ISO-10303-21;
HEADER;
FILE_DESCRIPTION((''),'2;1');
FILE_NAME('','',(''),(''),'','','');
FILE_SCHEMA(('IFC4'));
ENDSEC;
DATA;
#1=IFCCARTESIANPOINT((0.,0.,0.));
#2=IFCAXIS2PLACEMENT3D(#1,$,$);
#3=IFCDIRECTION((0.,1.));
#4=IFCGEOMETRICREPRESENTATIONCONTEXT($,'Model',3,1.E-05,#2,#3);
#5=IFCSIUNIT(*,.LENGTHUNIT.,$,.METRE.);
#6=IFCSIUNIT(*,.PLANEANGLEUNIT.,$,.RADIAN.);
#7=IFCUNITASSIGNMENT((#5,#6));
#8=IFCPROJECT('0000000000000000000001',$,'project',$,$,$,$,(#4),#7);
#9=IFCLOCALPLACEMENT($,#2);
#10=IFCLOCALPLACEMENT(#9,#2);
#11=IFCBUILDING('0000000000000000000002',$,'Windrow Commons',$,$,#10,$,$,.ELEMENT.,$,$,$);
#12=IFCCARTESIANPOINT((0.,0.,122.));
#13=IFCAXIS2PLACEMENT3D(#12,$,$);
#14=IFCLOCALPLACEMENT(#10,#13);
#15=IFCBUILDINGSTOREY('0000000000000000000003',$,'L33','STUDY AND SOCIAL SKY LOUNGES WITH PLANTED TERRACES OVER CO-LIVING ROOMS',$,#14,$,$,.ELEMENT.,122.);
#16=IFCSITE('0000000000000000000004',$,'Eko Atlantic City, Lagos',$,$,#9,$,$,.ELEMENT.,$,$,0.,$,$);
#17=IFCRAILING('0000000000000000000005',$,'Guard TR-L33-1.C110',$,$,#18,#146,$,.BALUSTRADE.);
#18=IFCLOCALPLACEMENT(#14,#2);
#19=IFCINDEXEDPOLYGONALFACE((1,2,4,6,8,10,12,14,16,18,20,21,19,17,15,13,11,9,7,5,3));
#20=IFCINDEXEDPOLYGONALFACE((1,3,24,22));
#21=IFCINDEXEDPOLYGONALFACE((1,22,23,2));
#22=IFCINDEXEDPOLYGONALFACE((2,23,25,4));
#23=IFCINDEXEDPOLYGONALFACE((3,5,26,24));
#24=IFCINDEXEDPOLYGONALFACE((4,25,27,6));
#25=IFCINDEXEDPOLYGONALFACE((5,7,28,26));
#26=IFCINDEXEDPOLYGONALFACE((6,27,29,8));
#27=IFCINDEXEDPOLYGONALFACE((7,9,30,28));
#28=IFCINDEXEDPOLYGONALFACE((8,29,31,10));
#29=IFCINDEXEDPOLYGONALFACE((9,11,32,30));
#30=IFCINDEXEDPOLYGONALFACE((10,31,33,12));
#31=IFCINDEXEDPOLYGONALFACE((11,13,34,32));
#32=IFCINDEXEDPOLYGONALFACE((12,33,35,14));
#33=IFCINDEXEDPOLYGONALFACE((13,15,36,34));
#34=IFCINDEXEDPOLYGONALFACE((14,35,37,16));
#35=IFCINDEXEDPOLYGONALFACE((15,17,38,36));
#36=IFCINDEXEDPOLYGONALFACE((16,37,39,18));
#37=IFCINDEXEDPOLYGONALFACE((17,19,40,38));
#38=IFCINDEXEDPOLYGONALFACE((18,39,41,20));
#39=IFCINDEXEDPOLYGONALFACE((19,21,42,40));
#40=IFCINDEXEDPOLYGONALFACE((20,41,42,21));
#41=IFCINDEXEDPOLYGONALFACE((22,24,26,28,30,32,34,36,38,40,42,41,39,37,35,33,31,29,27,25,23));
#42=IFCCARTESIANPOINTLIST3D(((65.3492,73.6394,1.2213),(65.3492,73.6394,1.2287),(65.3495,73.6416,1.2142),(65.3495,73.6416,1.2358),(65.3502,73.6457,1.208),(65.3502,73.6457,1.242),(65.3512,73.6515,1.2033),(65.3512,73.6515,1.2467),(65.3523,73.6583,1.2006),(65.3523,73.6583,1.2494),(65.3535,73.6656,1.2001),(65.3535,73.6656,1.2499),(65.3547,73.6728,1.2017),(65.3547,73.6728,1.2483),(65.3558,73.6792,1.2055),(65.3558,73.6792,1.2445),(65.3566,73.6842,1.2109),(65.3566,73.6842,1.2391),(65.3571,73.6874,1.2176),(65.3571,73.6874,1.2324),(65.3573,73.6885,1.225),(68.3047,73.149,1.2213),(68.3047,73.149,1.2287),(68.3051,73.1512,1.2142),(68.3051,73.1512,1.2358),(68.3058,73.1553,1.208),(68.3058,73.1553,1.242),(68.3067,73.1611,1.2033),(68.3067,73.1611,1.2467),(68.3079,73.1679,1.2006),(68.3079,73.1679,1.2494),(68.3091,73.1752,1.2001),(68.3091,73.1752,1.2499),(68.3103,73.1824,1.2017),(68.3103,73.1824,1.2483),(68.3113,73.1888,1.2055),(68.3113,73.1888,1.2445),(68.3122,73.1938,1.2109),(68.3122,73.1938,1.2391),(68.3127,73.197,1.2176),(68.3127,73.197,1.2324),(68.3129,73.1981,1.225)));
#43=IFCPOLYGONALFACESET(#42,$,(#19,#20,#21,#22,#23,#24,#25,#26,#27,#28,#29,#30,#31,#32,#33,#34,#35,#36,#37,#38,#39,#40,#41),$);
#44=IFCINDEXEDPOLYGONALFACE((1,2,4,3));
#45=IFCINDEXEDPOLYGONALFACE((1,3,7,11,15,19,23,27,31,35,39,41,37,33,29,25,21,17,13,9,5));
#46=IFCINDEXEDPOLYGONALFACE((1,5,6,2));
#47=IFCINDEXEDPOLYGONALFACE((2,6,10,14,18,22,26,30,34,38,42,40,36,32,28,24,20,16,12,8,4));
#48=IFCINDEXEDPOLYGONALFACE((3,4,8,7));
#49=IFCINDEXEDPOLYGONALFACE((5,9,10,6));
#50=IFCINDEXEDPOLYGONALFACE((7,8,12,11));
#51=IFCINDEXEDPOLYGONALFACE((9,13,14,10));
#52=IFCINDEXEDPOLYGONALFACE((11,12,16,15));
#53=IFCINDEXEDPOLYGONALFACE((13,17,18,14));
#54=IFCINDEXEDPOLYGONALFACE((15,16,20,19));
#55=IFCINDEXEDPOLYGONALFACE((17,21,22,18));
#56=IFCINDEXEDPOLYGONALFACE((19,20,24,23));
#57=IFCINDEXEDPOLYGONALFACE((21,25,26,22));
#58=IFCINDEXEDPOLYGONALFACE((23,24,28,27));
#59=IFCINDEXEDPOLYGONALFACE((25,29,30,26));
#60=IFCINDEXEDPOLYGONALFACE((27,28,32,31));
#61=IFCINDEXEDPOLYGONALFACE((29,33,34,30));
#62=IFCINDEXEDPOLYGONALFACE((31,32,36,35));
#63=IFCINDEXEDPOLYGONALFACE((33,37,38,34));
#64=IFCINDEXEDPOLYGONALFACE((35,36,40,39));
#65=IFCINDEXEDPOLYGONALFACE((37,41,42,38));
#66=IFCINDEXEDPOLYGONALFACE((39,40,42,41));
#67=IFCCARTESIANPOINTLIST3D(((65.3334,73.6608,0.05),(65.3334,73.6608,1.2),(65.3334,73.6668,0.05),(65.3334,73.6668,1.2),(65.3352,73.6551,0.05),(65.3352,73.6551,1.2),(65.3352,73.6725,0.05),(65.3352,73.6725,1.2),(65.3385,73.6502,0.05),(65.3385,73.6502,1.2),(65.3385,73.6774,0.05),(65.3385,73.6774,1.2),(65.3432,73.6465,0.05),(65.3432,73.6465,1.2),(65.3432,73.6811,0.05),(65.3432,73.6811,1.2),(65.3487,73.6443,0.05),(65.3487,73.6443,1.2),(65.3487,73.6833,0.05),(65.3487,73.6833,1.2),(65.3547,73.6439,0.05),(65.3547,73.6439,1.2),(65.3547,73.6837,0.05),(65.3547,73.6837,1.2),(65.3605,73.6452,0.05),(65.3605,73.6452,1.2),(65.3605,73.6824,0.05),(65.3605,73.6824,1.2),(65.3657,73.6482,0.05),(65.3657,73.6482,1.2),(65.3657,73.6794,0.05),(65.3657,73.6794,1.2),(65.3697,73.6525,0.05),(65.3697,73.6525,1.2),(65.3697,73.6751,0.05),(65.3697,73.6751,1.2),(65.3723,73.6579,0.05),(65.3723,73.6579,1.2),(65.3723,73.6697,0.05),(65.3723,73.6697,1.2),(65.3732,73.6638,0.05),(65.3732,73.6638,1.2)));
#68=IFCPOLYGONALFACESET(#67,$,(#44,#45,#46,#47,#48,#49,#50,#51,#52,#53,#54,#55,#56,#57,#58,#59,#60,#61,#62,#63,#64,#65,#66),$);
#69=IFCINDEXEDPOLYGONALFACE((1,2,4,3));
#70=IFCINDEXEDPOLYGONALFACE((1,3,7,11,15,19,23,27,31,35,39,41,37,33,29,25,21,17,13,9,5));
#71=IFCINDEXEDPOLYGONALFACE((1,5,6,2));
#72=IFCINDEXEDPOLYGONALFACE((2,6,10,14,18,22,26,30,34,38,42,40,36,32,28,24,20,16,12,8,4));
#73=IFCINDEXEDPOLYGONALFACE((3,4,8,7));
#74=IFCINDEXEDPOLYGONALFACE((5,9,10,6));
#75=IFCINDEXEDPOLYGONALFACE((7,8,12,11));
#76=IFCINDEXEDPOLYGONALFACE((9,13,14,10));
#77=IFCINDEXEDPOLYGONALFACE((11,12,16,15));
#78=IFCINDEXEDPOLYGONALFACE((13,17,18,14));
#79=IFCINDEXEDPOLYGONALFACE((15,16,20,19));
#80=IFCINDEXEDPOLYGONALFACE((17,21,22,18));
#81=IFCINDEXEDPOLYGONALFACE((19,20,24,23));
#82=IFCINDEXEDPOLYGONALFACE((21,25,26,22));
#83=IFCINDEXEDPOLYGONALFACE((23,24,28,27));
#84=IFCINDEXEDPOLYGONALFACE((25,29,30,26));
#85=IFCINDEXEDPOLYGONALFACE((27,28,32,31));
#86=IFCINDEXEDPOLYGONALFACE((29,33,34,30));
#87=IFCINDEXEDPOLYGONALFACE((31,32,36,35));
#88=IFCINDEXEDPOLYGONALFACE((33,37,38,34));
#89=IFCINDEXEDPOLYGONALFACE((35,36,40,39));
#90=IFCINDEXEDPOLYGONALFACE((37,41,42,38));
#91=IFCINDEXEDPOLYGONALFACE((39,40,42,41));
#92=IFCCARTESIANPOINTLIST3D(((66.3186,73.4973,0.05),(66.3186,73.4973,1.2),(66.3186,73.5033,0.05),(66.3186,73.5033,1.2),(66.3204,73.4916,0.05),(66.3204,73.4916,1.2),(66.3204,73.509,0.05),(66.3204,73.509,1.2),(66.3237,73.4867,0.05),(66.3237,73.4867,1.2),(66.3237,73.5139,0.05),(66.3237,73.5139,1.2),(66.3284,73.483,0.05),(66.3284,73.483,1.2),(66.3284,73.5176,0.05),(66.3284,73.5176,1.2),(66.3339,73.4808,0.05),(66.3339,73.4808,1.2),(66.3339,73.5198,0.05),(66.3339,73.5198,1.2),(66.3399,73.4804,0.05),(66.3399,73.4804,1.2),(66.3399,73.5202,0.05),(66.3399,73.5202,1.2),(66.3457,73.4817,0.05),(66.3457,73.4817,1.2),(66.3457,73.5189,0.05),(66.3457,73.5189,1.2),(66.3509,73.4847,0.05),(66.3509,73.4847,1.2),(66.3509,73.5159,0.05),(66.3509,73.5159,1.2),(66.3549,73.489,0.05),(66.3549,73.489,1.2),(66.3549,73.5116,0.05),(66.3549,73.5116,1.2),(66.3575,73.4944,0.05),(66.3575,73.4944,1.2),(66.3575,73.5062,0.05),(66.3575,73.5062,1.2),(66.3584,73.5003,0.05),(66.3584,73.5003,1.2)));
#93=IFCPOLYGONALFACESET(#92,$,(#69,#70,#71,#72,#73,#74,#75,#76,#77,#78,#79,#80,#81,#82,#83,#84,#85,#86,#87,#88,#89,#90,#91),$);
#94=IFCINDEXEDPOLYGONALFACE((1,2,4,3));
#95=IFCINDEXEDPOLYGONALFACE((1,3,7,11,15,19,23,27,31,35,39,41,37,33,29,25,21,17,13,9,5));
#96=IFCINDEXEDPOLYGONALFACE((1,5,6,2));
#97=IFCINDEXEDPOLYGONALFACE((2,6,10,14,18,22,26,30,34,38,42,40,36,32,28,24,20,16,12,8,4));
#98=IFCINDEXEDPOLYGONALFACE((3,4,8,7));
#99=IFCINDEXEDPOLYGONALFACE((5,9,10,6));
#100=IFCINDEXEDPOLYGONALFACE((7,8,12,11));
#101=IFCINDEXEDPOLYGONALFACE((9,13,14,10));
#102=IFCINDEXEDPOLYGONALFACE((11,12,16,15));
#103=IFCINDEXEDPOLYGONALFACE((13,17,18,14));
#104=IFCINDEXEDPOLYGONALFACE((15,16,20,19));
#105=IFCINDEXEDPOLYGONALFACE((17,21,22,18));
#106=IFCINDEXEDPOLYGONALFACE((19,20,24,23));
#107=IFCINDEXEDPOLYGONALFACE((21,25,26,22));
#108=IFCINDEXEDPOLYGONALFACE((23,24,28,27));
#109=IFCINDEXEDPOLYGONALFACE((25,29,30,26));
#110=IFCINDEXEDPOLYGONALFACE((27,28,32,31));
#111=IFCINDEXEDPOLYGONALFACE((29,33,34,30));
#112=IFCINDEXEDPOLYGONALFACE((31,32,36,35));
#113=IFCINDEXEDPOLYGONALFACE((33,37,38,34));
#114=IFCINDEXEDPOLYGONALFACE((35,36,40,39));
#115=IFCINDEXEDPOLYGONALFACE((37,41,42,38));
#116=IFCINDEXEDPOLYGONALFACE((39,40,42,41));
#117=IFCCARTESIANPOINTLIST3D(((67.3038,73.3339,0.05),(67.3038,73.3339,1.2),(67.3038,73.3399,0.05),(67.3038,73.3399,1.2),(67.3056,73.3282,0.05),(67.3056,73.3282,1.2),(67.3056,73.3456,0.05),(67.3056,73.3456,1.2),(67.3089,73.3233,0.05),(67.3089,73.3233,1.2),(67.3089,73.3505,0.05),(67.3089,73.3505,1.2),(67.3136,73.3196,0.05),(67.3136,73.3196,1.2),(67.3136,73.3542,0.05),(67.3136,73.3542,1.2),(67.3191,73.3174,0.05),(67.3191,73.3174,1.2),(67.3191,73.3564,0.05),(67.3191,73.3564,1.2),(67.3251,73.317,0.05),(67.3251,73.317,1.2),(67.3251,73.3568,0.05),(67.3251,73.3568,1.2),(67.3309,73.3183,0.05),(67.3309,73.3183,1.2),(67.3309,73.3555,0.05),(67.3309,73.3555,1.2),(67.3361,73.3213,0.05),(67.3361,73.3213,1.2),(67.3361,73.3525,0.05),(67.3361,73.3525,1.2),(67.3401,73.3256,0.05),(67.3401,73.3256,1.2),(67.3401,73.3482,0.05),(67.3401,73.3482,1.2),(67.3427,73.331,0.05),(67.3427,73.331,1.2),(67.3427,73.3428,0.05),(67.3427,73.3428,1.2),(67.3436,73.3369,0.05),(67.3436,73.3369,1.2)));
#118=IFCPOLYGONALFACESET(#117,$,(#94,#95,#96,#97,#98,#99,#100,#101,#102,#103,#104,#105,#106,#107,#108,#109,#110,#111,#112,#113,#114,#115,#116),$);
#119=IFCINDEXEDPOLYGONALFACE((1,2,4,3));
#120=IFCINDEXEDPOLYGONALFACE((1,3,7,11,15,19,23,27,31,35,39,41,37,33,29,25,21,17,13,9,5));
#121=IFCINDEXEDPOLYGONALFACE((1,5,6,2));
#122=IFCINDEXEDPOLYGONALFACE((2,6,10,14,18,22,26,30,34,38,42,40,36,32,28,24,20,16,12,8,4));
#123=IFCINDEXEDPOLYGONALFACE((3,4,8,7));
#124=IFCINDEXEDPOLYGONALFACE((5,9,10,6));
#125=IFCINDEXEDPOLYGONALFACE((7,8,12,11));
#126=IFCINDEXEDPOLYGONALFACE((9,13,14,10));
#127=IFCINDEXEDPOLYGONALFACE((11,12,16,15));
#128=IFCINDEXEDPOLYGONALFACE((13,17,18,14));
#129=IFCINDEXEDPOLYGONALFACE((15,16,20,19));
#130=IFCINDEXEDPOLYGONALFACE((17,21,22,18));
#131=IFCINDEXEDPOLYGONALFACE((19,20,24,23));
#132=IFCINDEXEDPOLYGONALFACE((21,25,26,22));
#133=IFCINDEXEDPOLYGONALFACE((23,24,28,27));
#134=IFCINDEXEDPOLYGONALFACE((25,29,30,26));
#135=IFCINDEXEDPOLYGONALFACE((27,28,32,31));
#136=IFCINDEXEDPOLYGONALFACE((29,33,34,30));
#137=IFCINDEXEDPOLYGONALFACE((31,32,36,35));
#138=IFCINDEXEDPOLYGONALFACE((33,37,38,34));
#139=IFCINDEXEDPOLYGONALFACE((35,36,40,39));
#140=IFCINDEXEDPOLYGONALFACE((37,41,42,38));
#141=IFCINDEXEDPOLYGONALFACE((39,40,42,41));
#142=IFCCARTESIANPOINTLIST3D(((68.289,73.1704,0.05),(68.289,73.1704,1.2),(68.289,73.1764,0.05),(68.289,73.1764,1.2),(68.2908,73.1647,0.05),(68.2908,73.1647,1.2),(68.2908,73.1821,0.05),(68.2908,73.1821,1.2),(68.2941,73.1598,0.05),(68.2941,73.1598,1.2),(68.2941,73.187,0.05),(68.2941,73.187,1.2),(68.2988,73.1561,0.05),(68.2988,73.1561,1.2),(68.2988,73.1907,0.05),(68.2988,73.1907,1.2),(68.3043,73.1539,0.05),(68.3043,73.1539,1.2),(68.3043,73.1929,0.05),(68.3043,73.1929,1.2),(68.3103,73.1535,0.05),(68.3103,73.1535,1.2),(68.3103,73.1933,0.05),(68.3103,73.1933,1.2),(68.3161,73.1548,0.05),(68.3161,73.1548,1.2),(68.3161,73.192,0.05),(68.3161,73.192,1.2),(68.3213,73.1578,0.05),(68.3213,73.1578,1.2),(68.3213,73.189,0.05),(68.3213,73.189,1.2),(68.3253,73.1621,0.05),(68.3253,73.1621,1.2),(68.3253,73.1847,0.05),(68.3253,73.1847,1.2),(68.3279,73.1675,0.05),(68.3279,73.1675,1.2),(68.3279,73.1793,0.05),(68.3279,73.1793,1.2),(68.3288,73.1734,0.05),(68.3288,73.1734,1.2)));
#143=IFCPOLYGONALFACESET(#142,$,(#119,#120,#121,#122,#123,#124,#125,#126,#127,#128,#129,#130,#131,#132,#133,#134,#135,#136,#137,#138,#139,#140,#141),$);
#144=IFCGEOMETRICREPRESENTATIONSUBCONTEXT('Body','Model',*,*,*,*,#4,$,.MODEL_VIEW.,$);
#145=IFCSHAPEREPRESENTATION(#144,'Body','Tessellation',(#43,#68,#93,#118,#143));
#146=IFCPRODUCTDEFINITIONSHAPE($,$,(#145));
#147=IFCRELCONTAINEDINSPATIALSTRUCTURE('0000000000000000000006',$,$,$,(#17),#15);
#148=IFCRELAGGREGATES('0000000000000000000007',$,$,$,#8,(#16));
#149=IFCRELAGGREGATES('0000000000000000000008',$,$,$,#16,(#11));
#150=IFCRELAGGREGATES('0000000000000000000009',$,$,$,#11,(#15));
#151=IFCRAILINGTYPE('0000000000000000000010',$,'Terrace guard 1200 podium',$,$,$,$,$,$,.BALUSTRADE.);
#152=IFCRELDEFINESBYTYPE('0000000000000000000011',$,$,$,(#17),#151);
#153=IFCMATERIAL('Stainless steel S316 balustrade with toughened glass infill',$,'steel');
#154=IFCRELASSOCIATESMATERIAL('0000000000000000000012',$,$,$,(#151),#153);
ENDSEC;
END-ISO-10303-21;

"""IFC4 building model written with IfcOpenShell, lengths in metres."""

from ifc_helpers import new_model, si_unit, direction, frame, origin, origin_2d, place, context, subcontext, project, spatial, circle, extrude, material, type_object, element, save


model = new_model("IFC4")

# Units and contexts
model_context = context("Model", 3, precision=1e-05, world=origin(), true_north=direction((0.0, 1.0)))
body_context = subcontext(model_context, "Body", "Model", "MODEL_VIEW")
ifc_project = project(units=[si_unit("LENGTHUNIT", "METRE"), si_unit("PLANEANGLEUNIT", "RADIAN")], contexts=[model_context])

# Site, building, storey
site_placement = place(None, origin())
site = spatial("IfcSite", under=ifc_project, at=site_placement, Name="Eko Atlantic City, Lagos", CompositionType="ELEMENT", RefElevation=0.0)
building_placement = place(site_placement, origin())
building = spatial("IfcBuilding", under=site, at=building_placement, Name="Windrow Commons", CompositionType="ELEMENT")
storey_placement = place(building_placement, frame((0.0, 0.0, 122.0)))
storey = spatial("IfcBuildingStorey", under=building, at=storey_placement, Name="L33", Description="STUDY AND SOCIAL SKY LOUNGES WITH PLANTED TERRACES OVER CO-LIVING ROOMS", CompositionType="ELEMENT", Elevation=122.0)

# Railing
ifc_material_1 = material(Name="Stainless steel S316 balustrade with toughened glass infill", Category="steel")
railing_type_1 = type_object("IfcRailingType", Name="Terrace guard 1200 podium", PredefinedType="BALUSTRADE", material=ifc_material_1)
railing_1_placement = place(storey_placement, frame((65.3532, 73.6638, 0.05)))
element("IfcRailing", 1, at=railing_1_placement, inside=storey, type_object=railing_type_1, Name="Guard TR-L33-1.C110", PredefinedType="BALUSTRADE", context=body_context, shape_type="SweptSolid", body=[
    extrude(circle(Radius=0.025, at=origin_2d()), frame((0.0, 0.0, 1.175), z_axis=(0.986513, -0.163684, 0.0), x_axis=(0.163684, 0.986513, 0.0)), (0.0, 0.0, 1.0), 2.996),
    extrude(circle(Radius=0.02, at=origin_2d()), origin(), (0.0, 0.0, 1.0), 1.15),
    extrude(circle(Radius=0.02, at=origin_2d()), frame((0.9852, -0.1635, 0.0)), (0.0, 0.0, 1.0), 1.15),
    extrude(circle(Radius=0.02, at=origin_2d()), frame((1.9704, -0.3269, 0.0)), (0.0, 0.0, 1.0), 1.15),
    extrude(circle(Radius=0.02, at=origin_2d()), frame((2.9556, -0.4904, 0.0)), (0.0, 0.0, 1.0), 1.15),
])

save(model, "model.ifc")
